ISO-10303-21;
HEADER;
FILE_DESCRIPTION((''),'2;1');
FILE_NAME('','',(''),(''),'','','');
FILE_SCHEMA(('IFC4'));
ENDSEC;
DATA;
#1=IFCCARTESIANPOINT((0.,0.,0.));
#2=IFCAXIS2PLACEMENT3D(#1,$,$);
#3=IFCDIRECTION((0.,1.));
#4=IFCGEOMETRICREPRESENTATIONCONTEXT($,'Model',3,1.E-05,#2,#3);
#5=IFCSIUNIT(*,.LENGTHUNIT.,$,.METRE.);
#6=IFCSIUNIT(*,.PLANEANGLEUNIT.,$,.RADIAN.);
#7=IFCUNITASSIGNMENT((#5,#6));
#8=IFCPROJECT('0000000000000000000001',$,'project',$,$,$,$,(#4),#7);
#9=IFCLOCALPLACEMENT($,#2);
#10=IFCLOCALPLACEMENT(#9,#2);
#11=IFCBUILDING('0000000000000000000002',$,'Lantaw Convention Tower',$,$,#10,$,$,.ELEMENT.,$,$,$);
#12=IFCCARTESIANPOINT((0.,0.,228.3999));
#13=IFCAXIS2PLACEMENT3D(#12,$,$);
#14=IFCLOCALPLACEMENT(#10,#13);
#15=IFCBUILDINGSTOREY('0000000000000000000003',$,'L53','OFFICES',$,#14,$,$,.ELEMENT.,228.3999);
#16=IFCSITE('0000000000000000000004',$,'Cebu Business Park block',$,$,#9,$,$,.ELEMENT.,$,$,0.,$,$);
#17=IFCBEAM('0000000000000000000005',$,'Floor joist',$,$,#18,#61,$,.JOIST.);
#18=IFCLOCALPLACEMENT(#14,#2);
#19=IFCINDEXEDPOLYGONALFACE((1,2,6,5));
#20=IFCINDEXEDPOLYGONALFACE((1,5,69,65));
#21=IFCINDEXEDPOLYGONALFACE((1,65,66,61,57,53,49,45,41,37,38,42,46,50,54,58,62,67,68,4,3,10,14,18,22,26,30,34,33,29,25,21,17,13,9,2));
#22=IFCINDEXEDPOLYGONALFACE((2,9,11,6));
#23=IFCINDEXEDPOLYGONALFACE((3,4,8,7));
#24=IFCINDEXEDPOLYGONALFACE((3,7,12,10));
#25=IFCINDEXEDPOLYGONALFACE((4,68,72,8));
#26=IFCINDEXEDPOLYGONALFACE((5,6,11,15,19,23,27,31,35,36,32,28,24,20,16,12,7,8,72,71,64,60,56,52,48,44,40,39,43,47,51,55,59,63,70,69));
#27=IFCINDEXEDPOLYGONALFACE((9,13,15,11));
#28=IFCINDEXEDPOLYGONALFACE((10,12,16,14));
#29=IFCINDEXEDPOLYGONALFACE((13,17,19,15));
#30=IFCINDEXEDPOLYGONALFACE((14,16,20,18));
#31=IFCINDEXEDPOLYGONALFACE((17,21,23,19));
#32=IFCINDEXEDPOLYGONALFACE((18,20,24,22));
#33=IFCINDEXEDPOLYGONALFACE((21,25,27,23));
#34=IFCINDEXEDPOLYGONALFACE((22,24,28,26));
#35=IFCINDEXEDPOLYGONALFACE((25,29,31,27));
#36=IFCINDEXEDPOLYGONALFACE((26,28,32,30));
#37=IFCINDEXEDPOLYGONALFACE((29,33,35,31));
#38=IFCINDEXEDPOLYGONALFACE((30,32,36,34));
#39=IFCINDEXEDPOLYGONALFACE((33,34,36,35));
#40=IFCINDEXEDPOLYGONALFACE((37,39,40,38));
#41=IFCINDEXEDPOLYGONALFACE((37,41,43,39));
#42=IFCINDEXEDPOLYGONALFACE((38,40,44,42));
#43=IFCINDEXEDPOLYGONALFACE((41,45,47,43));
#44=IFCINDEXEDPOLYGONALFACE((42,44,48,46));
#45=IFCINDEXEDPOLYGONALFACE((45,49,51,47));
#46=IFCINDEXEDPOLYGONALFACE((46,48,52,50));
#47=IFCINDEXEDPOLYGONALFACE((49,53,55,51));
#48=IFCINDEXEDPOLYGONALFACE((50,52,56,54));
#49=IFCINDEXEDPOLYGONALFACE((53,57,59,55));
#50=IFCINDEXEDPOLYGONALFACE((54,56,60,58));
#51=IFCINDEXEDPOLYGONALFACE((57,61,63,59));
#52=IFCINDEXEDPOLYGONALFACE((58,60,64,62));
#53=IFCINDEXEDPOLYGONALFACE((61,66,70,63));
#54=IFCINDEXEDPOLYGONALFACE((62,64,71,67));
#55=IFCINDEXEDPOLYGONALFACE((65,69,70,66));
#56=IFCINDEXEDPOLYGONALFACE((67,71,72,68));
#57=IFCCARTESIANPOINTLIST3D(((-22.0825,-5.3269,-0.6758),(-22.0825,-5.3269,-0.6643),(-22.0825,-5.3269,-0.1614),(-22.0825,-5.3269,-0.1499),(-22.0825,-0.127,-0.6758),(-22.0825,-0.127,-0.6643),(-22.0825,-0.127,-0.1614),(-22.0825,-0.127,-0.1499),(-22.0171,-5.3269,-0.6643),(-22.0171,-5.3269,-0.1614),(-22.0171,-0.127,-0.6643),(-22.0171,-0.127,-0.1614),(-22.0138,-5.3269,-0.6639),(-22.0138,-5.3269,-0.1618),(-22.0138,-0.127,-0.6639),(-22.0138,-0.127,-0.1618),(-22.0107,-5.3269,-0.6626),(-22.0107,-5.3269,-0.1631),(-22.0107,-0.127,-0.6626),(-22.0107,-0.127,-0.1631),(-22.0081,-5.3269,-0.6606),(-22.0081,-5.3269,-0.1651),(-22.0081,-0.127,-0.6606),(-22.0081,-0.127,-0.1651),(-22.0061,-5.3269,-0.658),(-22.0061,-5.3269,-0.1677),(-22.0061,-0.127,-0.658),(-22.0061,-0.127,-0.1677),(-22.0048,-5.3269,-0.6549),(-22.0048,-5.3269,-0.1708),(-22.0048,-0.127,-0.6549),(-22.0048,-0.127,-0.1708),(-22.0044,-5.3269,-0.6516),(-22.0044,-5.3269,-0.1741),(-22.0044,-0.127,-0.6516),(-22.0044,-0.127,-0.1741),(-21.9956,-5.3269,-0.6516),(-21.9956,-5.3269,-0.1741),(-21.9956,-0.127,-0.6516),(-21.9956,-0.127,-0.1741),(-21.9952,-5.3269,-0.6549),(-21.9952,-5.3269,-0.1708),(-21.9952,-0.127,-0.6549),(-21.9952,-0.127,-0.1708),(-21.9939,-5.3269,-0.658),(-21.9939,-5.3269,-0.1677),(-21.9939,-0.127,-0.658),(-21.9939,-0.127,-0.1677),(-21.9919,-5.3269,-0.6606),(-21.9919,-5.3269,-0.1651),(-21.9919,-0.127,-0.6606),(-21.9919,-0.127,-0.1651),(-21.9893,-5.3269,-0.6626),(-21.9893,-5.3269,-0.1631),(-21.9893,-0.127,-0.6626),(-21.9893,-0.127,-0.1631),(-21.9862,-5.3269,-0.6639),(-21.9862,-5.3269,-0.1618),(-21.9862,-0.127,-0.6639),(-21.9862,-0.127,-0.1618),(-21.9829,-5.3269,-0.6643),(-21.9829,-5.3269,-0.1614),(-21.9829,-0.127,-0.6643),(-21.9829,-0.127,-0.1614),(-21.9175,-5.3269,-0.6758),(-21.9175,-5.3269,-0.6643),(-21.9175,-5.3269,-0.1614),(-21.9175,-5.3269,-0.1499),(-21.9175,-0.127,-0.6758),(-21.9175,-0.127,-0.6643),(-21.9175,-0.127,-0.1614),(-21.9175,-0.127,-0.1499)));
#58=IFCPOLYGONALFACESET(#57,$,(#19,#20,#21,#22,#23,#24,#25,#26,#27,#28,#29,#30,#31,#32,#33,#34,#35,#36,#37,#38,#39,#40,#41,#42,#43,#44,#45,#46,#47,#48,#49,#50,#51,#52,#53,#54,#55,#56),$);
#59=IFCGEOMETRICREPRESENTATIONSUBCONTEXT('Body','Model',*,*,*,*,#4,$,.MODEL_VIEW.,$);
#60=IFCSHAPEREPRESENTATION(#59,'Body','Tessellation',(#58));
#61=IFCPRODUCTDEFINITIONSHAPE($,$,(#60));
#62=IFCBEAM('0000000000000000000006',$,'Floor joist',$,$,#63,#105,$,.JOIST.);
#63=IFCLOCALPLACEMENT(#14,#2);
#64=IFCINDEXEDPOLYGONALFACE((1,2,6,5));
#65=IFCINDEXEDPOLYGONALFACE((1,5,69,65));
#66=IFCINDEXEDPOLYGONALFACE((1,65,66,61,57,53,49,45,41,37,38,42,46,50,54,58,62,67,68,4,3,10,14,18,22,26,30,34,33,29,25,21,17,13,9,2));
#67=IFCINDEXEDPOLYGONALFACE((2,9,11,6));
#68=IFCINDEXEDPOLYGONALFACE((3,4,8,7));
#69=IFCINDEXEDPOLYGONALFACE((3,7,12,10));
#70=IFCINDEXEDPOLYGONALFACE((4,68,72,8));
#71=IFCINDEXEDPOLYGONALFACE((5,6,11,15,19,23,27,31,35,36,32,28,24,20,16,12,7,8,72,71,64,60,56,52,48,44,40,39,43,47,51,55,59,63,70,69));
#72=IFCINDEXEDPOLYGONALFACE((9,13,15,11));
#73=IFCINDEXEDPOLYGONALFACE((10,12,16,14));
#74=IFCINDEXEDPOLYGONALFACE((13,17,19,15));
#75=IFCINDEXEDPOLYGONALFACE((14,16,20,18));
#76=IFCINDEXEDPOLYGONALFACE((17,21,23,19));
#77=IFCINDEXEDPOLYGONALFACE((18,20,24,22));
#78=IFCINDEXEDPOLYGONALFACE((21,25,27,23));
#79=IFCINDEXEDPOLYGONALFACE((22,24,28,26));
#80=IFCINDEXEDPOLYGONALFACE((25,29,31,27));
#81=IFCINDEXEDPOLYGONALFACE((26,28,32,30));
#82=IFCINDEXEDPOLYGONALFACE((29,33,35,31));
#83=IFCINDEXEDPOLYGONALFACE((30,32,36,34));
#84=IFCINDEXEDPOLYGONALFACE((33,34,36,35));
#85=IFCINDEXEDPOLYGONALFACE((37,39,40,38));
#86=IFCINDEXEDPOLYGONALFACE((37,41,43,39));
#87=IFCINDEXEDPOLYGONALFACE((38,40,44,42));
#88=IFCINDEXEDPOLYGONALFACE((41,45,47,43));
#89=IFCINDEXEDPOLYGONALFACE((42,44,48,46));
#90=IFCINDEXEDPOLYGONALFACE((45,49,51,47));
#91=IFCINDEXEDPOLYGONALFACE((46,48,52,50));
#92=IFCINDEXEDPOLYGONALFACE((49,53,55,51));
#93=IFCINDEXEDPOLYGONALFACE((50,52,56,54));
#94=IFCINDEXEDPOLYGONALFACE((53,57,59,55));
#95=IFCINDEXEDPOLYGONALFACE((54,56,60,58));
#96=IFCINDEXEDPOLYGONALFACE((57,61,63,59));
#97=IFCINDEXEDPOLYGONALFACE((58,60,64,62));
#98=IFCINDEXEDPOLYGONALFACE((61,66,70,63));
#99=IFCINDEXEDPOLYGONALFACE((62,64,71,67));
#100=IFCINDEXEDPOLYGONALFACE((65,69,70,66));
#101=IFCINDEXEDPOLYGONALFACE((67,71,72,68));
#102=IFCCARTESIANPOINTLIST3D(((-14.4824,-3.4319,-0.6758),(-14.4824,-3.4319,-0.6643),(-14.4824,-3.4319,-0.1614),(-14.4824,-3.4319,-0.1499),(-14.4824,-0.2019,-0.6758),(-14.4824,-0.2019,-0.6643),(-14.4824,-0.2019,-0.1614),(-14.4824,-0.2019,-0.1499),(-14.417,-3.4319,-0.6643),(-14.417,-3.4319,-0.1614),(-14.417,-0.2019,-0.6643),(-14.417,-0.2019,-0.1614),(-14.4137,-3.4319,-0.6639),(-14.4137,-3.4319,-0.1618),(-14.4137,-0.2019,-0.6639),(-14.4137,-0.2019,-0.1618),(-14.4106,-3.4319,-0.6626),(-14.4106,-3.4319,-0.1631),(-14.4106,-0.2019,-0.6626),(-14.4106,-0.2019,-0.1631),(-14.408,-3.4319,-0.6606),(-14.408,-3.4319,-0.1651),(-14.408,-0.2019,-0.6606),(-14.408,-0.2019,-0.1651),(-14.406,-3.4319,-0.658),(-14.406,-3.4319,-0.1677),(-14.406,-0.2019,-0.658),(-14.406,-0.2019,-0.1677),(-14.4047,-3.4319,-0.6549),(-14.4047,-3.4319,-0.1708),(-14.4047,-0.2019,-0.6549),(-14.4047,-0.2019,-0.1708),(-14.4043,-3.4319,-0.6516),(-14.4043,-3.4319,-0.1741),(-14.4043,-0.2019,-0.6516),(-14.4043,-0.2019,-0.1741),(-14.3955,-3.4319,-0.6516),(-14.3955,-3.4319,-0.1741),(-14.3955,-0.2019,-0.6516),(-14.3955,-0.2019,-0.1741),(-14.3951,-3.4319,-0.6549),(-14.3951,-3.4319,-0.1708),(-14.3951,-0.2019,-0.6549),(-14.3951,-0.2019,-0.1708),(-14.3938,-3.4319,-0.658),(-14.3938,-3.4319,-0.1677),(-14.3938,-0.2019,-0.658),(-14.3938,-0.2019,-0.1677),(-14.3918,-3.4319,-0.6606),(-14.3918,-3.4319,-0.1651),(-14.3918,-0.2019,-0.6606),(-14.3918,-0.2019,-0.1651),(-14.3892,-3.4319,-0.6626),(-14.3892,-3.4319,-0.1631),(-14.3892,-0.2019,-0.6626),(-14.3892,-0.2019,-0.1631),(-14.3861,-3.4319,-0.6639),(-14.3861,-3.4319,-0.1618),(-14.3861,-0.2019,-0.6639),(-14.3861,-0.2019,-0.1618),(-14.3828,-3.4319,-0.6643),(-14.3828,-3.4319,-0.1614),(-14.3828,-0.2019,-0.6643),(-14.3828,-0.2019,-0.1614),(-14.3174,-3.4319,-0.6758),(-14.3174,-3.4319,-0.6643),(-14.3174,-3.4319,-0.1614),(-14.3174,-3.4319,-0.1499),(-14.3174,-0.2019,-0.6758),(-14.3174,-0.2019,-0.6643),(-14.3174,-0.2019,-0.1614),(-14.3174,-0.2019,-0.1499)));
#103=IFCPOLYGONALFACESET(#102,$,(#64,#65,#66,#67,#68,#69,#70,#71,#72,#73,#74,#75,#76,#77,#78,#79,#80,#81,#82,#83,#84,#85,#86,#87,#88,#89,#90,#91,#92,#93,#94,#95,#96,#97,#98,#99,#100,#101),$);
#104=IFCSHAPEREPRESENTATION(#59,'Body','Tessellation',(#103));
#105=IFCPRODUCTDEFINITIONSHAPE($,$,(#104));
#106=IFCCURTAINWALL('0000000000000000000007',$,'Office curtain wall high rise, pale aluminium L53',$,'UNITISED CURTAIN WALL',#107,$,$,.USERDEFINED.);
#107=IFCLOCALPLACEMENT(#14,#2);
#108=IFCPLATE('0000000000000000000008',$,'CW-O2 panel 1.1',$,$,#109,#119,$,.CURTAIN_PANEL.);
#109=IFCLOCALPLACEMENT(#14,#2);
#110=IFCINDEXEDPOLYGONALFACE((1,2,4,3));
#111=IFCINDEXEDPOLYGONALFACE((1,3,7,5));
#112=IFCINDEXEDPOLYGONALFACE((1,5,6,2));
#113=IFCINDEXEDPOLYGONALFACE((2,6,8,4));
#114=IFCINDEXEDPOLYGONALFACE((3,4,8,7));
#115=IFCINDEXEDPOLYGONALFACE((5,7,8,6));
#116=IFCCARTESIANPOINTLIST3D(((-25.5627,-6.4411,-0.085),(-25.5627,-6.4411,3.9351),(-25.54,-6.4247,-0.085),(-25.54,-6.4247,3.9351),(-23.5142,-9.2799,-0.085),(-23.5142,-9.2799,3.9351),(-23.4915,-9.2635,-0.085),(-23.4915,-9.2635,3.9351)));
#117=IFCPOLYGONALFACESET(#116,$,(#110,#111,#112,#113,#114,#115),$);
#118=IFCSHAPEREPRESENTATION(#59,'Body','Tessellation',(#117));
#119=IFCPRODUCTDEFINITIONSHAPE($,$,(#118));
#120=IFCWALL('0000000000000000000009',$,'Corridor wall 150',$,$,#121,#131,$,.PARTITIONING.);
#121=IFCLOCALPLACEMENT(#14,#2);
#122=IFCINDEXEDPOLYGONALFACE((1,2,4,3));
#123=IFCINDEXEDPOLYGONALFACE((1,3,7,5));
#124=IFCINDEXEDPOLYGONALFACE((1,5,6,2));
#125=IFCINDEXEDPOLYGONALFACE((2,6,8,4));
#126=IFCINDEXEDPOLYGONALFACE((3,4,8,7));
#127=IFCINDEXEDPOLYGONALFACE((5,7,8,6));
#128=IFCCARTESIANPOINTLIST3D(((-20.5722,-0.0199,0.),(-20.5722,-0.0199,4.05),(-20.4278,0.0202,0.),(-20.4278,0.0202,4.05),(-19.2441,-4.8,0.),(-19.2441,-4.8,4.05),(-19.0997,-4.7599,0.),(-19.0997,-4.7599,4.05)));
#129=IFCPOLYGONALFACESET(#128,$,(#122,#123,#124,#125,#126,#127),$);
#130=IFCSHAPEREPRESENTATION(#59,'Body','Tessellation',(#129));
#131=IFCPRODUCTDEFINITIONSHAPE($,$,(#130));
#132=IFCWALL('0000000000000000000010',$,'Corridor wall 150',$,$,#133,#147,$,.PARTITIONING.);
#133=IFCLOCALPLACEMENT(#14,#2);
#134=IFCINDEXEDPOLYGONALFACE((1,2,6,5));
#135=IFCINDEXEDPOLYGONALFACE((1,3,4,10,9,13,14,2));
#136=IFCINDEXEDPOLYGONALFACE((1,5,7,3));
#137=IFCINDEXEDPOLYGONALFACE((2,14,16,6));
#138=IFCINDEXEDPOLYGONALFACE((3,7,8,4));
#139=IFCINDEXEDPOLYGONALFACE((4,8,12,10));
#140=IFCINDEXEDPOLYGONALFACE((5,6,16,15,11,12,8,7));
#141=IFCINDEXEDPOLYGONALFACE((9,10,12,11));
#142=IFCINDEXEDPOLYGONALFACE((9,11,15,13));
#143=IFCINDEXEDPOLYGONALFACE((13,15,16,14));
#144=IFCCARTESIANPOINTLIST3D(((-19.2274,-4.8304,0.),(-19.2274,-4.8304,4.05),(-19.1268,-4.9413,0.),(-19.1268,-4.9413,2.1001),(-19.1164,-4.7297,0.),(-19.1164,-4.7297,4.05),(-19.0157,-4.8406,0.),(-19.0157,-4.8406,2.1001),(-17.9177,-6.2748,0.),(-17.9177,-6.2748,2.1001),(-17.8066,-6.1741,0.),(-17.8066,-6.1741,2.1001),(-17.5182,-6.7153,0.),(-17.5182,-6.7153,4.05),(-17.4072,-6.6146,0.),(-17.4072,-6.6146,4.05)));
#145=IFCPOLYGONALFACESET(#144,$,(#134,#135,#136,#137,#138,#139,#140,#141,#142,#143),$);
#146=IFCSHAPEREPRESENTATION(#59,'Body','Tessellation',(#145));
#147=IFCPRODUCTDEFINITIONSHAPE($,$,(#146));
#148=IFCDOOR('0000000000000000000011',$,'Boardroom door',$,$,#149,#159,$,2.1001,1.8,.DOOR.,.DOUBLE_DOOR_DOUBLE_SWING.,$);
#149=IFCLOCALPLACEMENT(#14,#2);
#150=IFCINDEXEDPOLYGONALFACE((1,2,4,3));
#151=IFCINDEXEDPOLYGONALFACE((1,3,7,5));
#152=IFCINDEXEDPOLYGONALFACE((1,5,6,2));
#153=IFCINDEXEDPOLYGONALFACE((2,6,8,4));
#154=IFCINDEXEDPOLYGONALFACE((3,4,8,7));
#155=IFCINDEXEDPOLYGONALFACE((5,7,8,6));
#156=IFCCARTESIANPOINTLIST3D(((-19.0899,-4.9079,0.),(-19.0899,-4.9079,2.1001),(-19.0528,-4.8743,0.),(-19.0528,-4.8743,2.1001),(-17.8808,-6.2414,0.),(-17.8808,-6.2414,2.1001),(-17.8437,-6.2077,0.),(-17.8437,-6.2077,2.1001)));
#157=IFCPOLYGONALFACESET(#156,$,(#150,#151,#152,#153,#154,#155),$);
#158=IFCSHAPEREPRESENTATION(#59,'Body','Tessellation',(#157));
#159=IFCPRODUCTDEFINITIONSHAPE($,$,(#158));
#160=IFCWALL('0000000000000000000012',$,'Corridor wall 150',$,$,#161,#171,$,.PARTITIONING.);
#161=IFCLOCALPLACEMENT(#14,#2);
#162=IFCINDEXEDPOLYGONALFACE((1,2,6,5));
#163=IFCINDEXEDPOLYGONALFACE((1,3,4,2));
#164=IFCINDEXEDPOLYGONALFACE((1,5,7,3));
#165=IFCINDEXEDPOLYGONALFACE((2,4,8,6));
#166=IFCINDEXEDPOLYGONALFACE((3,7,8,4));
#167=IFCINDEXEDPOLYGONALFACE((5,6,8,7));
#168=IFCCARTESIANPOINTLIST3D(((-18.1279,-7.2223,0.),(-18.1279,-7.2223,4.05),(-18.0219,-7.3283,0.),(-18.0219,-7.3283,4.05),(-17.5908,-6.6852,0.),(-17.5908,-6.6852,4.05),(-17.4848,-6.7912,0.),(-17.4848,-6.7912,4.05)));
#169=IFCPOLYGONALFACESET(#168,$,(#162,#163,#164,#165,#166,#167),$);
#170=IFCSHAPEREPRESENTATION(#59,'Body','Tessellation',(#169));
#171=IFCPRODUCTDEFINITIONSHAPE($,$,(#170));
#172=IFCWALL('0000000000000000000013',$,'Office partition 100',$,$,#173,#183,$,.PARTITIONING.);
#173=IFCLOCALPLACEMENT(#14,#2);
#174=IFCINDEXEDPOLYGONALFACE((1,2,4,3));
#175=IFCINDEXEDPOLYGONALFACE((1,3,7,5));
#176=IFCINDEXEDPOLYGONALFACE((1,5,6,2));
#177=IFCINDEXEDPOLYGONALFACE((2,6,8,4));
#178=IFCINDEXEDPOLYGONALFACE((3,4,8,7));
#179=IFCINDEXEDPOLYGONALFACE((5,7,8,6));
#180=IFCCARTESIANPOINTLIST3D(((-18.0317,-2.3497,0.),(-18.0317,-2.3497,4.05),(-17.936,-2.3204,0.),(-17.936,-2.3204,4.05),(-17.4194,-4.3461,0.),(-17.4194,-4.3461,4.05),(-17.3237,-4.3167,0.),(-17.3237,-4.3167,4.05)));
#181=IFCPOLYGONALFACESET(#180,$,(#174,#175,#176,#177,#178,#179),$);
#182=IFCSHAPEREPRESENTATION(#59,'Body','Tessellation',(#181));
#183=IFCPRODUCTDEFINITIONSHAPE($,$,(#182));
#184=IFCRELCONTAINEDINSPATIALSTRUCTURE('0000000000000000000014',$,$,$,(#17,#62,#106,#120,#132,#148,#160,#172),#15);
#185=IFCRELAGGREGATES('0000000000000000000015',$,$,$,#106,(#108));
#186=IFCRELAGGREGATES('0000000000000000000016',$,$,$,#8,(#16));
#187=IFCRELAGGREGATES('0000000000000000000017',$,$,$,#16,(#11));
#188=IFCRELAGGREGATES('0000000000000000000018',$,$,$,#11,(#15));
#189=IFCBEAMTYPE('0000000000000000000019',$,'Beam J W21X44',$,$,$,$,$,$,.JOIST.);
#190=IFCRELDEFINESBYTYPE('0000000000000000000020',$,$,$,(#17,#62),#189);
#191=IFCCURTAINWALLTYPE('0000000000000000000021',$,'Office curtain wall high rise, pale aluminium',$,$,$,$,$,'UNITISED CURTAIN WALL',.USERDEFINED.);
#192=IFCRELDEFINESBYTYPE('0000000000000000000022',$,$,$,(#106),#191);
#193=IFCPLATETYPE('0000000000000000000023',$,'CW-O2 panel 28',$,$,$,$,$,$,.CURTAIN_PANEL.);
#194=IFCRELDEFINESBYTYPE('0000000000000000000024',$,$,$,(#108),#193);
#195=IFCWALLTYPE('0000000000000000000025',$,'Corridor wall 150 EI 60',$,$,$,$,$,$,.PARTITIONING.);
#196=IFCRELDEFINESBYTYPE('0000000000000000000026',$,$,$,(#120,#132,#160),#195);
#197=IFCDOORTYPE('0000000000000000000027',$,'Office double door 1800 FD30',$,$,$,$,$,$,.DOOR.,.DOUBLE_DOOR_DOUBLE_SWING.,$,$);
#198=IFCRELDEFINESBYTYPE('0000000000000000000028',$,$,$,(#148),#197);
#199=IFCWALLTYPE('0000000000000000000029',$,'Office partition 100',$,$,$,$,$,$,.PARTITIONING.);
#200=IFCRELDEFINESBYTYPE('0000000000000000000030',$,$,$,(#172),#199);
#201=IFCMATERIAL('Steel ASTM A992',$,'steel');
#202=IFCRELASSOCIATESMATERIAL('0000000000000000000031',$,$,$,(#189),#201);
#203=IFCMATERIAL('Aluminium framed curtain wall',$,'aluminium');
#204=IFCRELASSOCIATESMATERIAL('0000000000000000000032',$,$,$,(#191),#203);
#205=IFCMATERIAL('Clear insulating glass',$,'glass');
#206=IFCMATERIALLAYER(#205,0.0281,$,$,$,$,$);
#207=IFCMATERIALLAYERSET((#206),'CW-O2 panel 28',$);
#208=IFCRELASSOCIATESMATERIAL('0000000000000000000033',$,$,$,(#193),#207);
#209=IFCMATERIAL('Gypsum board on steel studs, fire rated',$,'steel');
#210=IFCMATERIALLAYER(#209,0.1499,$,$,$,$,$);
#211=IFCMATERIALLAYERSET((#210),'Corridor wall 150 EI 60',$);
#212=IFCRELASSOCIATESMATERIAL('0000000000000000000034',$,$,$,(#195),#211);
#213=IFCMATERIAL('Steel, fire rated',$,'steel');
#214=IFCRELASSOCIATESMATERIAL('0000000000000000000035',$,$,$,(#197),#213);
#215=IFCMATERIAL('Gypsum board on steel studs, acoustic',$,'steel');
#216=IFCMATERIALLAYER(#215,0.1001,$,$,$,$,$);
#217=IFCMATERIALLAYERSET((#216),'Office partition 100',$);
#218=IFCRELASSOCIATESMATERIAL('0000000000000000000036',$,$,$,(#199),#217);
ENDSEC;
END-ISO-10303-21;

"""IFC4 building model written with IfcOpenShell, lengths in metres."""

from ifc_helpers import new_model, si_unit, direction, frame, frame_2d, origin, origin_2d, place, context, subcontext, project, spatial, rectangle, i_section, extrude, material, layer, layer_set, material_profile, profile_set, type_object, element, fill, aggregate, save


model = new_model("IFC4")

# Units and contexts
model_context = context("Model", 3, precision=1e-05, world=origin(), true_north=direction((0.0, 1.0)))
body_context = subcontext(model_context, "Body", "Model", "MODEL_VIEW")
ifc_project = project(units=[si_unit("LENGTHUNIT", "METRE"), si_unit("PLANEANGLEUNIT", "RADIAN")], contexts=[model_context])

# Site, building, storey
site_placement = place(None, origin())
site = spatial("IfcSite", under=ifc_project, at=site_placement, Name="Cebu Business Park block", CompositionType="ELEMENT", RefElevation=0.0)
building_placement = place(site_placement, origin())
building = spatial("IfcBuilding", under=site, at=building_placement, Name="Lantaw Convention Tower", CompositionType="ELEMENT")
storey_placement = place(building_placement, frame((0.0, 0.0, 228.3999)))
storey = spatial("IfcBuildingStorey", under=building, at=storey_placement, Name="L53", Description="OFFICES", CompositionType="ELEMENT", Elevation=228.3999)

# Beams
ifc_material_1 = material(Name="Steel ASTM A992", Category="steel")
ifc_material_profile_1 = material_profile(ifc_material_1, i_section(OverallWidth=0.165, OverallDepth=0.5259, WebThickness=0.0088, FlangeThickness=0.0115, FilletRadius=0.0127, at=origin_2d()), Name="W21X44")
ifc_profile_set_1 = profile_set([ifc_material_profile_1], Name="Steel ASTM A992")
beam_type_1 = type_object("IfcBeamType", Name="Beam J W21X44", PredefinedType="JOIST", material=ifc_profile_set_1)
beam_1_placement = place(storey_placement, frame((-22.0, -5.3269, -0.4128), z_axis=(0.0, 1.0, 0.0), x_axis=(-1.0, 0.0, 0.0)))
element("IfcBeam", 1, at=beam_1_placement, inside=storey, type_object=beam_type_1, Name="Floor joist", PredefinedType="JOIST", context=body_context, shape_type="SweptSolid", body=[
    extrude(i_section(OverallWidth=0.165, OverallDepth=0.5259, WebThickness=0.0088, FlangeThickness=0.0115, FilletRadius=0.0127, at=origin_2d()), origin(), (0.0, 0.0, 1.0), 5.2),
])
beam_2_placement = place(storey_placement, frame((-14.3999, -3.4319, -0.4128), z_axis=(0.0, 1.0, 0.0), x_axis=(-1.0, 0.0, 0.0)))
element("IfcBeam", 2, at=beam_2_placement, inside=storey, type_object=beam_type_1, Name="Floor joist", PredefinedType="JOIST", context=body_context, shape_type="SweptSolid", body=[
    extrude(i_section(OverallWidth=0.165, OverallDepth=0.5259, WebThickness=0.0088, FlangeThickness=0.0115, FilletRadius=0.0127, at=origin_2d()), origin(), (0.0, 0.0, 1.0), 3.23),
])

# Curtain wall, plate
ifc_material_2 = material(Name="Aluminium framed curtain wall", Category="aluminium")
curtain_wall_type = type_object("IfcCurtainWallType", Name="Office curtain wall high rise, pale aluminium", ElementType="UNITISED CURTAIN WALL", PredefinedType="USERDEFINED", material=ifc_material_2)
curtain_wall_placement = place(storey_placement, origin())
curtain_wall = element("IfcCurtainWall", 3, at=curtain_wall_placement, inside=storey, type_object=curtain_wall_type, Name="Office curtain wall high rise, pale aluminium L53", ObjectType="UNITISED CURTAIN WALL", PredefinedType="USERDEFINED")
ifc_material_3 = material(Name="Clear insulating glass", Category="glass")
ifc_layer_1 = layer(ifc_material_3, 0.0281)
ifc_layer_set_1 = layer_set([ifc_layer_1], Name="CW-O2 panel 28")
plate_type = type_object("IfcPlateType", Name="CW-O2 panel 28", PredefinedType="CURTAIN_PANEL", material=ifc_layer_set_1)
plate_placement = place(storey_placement, frame((-24.5271, -7.8523, -0.085), z_axis=(0.0, 0.0, 1.0), x_axis=(0.585158, -0.81092, 0.0)))
plate = element("IfcPlate", 4, at=plate_placement, type_object=plate_type, Name="CW-O2 panel 1.1", PredefinedType="CURTAIN_PANEL", context=body_context, shape_type="SweptSolid", body=[
    extrude(rectangle(XDim=3.5007, YDim=0.0281, at=origin_2d()), origin(), (0.0, 0.0, 1.0), 4.02),
])
aggregate(curtain_wall, [plate])

# Wall
ifc_material_4 = material(Name="Gypsum board on steel studs, fire rated", Category="steel")
ifc_layer_2 = layer(ifc_material_4, 0.1499)
ifc_layer_set_2 = layer_set([ifc_layer_2], Name="Corridor wall 150 EI 60")
wall_type_1 = type_object("IfcWallType", Name="Corridor wall 150 EI 60", PredefinedType="PARTITIONING", material=ifc_layer_set_2)
wall_1_placement = place(storey_placement, frame((-20.5, 0.0, 0.0), z_axis=(0.0, 0.0, 1.0), x_axis=(0.267707, -0.9635, 0.0)))
element("IfcWall", 5, at=wall_1_placement, inside=storey, type_object=wall_type_1, Name="Corridor wall 150", PredefinedType="PARTITIONING", context=body_context, shape_type="SweptSolid", body=[
    extrude(rectangle(XDim=4.9612, YDim=0.1499, at=frame_2d((2.4805, 0.0))), origin(), (0.0, 0.0, 1.0), 4.05),
])

# Wall, opening, door
wall_2_placement = place(storey_placement, frame((-19.1719, -4.78, 0.0), z_axis=(0.0, 0.0, 1.0), x_axis=(0.671722, -0.740803, 0.0)))
wall_2 = element("IfcWall", 6, at=wall_2_placement, inside=storey, type_object=wall_type_1, Name="Corridor wall 150", PredefinedType="PARTITIONING", context=body_context, shape_type="SweptSolid", body=[
    extrude(rectangle(XDim=2.5444, YDim=0.1499, at=frame_2d((1.2722, 0.0))), origin(), (0.0, 0.0, 1.0), 4.05),
])
opening_1_placement = place(wall_2_placement, frame((0.1499, 0.0, 0.0)))
opening_1 = element("IfcOpeningElement", 7, at=opening_1_placement, cuts=wall_2, PredefinedType="OPENING", context=body_context, shape_type="SweptSolid", body=[
    extrude(rectangle(XDim=1.8, YDim=2.1001, at=frame_2d((0.8999, 1.05))), frame((0.0, 0.085, 0.0), z_axis=(0.0, -1.0, 0.0), x_axis=(1.0, 0.0, 0.0)), (0.0, 0.0, 1.0), 0.1699),
])
ifc_material_5 = material(Name="Steel, fire rated", Category="steel")
door_type_1 = type_object("IfcDoorType", Name="Office double door 1800 FD30", OperationType="DOUBLE_DOOR_DOUBLE_SWING", PredefinedType="DOOR", material=ifc_material_5)
door_1_placement = place(opening_1_placement, origin())
door_1 = element("IfcDoor", 8, at=door_1_placement, inside=storey, type_object=door_type_1, Name="Boardroom door", OperationType="DOUBLE_DOOR_DOUBLE_SWING", OverallHeight=2.1001, OverallWidth=1.8, PredefinedType="DOOR", context=body_context, shape_type="SweptSolid", body=[
    extrude(rectangle(XDim=1.8, YDim=2.1001, at=frame_2d((0.8999, 1.05))), frame((0.0, 0.0249, 0.0), z_axis=(0.0, -1.0, 0.0), x_axis=(1.0, 0.0, 0.0)), (0.0, 0.0, 1.0), 0.05),
])
fill(opening_1, door_1)

# Walls
wall_3_placement = place(storey_placement, frame((-18.075, -7.2754, 0.0), z_axis=(0.0, 0.0, 1.0), x_axis=(0.707107, 0.707107, 0.0)))
element("IfcWall", 9, at=wall_3_placement, inside=storey, type_object=wall_type_1, Name="Corridor wall 150", PredefinedType="PARTITIONING", context=body_context, shape_type="SweptSolid", body=[
    extrude(rectangle(XDim=0.7595, YDim=0.1499, at=frame_2d((0.3799, 0.0))), origin(), (0.0, 0.0, 1.0), 4.05),
])
ifc_material_6 = material(Name="Gypsum board on steel studs, acoustic", Category="steel")
ifc_layer_3 = layer(ifc_material_6, 0.1001)
ifc_layer_set_3 = layer_set([ifc_layer_3], Name="Office partition 100")
wall_type_2 = type_object("IfcWallType", Name="Office partition 100", PredefinedType="PARTITIONING", material=ifc_layer_set_3)
wall_4_placement = place(storey_placement, frame((-17.3716, -4.3313, 0.0), z_axis=(0.0, 0.0, 1.0), x_axis=(-0.293231, 0.956042, 0.0)))
element("IfcWall", 10, at=wall_4_placement, inside=storey, type_object=wall_type_2, Name="Office partition 100", PredefinedType="PARTITIONING", context=body_context, shape_type="SweptSolid", body=[
    extrude(rectangle(XDim=2.0881, YDim=0.1001, at=frame_2d((1.0439, 0.0))), origin(), (0.0, 0.0, 1.0), 4.05),
])

save(model, "model.ifc")
